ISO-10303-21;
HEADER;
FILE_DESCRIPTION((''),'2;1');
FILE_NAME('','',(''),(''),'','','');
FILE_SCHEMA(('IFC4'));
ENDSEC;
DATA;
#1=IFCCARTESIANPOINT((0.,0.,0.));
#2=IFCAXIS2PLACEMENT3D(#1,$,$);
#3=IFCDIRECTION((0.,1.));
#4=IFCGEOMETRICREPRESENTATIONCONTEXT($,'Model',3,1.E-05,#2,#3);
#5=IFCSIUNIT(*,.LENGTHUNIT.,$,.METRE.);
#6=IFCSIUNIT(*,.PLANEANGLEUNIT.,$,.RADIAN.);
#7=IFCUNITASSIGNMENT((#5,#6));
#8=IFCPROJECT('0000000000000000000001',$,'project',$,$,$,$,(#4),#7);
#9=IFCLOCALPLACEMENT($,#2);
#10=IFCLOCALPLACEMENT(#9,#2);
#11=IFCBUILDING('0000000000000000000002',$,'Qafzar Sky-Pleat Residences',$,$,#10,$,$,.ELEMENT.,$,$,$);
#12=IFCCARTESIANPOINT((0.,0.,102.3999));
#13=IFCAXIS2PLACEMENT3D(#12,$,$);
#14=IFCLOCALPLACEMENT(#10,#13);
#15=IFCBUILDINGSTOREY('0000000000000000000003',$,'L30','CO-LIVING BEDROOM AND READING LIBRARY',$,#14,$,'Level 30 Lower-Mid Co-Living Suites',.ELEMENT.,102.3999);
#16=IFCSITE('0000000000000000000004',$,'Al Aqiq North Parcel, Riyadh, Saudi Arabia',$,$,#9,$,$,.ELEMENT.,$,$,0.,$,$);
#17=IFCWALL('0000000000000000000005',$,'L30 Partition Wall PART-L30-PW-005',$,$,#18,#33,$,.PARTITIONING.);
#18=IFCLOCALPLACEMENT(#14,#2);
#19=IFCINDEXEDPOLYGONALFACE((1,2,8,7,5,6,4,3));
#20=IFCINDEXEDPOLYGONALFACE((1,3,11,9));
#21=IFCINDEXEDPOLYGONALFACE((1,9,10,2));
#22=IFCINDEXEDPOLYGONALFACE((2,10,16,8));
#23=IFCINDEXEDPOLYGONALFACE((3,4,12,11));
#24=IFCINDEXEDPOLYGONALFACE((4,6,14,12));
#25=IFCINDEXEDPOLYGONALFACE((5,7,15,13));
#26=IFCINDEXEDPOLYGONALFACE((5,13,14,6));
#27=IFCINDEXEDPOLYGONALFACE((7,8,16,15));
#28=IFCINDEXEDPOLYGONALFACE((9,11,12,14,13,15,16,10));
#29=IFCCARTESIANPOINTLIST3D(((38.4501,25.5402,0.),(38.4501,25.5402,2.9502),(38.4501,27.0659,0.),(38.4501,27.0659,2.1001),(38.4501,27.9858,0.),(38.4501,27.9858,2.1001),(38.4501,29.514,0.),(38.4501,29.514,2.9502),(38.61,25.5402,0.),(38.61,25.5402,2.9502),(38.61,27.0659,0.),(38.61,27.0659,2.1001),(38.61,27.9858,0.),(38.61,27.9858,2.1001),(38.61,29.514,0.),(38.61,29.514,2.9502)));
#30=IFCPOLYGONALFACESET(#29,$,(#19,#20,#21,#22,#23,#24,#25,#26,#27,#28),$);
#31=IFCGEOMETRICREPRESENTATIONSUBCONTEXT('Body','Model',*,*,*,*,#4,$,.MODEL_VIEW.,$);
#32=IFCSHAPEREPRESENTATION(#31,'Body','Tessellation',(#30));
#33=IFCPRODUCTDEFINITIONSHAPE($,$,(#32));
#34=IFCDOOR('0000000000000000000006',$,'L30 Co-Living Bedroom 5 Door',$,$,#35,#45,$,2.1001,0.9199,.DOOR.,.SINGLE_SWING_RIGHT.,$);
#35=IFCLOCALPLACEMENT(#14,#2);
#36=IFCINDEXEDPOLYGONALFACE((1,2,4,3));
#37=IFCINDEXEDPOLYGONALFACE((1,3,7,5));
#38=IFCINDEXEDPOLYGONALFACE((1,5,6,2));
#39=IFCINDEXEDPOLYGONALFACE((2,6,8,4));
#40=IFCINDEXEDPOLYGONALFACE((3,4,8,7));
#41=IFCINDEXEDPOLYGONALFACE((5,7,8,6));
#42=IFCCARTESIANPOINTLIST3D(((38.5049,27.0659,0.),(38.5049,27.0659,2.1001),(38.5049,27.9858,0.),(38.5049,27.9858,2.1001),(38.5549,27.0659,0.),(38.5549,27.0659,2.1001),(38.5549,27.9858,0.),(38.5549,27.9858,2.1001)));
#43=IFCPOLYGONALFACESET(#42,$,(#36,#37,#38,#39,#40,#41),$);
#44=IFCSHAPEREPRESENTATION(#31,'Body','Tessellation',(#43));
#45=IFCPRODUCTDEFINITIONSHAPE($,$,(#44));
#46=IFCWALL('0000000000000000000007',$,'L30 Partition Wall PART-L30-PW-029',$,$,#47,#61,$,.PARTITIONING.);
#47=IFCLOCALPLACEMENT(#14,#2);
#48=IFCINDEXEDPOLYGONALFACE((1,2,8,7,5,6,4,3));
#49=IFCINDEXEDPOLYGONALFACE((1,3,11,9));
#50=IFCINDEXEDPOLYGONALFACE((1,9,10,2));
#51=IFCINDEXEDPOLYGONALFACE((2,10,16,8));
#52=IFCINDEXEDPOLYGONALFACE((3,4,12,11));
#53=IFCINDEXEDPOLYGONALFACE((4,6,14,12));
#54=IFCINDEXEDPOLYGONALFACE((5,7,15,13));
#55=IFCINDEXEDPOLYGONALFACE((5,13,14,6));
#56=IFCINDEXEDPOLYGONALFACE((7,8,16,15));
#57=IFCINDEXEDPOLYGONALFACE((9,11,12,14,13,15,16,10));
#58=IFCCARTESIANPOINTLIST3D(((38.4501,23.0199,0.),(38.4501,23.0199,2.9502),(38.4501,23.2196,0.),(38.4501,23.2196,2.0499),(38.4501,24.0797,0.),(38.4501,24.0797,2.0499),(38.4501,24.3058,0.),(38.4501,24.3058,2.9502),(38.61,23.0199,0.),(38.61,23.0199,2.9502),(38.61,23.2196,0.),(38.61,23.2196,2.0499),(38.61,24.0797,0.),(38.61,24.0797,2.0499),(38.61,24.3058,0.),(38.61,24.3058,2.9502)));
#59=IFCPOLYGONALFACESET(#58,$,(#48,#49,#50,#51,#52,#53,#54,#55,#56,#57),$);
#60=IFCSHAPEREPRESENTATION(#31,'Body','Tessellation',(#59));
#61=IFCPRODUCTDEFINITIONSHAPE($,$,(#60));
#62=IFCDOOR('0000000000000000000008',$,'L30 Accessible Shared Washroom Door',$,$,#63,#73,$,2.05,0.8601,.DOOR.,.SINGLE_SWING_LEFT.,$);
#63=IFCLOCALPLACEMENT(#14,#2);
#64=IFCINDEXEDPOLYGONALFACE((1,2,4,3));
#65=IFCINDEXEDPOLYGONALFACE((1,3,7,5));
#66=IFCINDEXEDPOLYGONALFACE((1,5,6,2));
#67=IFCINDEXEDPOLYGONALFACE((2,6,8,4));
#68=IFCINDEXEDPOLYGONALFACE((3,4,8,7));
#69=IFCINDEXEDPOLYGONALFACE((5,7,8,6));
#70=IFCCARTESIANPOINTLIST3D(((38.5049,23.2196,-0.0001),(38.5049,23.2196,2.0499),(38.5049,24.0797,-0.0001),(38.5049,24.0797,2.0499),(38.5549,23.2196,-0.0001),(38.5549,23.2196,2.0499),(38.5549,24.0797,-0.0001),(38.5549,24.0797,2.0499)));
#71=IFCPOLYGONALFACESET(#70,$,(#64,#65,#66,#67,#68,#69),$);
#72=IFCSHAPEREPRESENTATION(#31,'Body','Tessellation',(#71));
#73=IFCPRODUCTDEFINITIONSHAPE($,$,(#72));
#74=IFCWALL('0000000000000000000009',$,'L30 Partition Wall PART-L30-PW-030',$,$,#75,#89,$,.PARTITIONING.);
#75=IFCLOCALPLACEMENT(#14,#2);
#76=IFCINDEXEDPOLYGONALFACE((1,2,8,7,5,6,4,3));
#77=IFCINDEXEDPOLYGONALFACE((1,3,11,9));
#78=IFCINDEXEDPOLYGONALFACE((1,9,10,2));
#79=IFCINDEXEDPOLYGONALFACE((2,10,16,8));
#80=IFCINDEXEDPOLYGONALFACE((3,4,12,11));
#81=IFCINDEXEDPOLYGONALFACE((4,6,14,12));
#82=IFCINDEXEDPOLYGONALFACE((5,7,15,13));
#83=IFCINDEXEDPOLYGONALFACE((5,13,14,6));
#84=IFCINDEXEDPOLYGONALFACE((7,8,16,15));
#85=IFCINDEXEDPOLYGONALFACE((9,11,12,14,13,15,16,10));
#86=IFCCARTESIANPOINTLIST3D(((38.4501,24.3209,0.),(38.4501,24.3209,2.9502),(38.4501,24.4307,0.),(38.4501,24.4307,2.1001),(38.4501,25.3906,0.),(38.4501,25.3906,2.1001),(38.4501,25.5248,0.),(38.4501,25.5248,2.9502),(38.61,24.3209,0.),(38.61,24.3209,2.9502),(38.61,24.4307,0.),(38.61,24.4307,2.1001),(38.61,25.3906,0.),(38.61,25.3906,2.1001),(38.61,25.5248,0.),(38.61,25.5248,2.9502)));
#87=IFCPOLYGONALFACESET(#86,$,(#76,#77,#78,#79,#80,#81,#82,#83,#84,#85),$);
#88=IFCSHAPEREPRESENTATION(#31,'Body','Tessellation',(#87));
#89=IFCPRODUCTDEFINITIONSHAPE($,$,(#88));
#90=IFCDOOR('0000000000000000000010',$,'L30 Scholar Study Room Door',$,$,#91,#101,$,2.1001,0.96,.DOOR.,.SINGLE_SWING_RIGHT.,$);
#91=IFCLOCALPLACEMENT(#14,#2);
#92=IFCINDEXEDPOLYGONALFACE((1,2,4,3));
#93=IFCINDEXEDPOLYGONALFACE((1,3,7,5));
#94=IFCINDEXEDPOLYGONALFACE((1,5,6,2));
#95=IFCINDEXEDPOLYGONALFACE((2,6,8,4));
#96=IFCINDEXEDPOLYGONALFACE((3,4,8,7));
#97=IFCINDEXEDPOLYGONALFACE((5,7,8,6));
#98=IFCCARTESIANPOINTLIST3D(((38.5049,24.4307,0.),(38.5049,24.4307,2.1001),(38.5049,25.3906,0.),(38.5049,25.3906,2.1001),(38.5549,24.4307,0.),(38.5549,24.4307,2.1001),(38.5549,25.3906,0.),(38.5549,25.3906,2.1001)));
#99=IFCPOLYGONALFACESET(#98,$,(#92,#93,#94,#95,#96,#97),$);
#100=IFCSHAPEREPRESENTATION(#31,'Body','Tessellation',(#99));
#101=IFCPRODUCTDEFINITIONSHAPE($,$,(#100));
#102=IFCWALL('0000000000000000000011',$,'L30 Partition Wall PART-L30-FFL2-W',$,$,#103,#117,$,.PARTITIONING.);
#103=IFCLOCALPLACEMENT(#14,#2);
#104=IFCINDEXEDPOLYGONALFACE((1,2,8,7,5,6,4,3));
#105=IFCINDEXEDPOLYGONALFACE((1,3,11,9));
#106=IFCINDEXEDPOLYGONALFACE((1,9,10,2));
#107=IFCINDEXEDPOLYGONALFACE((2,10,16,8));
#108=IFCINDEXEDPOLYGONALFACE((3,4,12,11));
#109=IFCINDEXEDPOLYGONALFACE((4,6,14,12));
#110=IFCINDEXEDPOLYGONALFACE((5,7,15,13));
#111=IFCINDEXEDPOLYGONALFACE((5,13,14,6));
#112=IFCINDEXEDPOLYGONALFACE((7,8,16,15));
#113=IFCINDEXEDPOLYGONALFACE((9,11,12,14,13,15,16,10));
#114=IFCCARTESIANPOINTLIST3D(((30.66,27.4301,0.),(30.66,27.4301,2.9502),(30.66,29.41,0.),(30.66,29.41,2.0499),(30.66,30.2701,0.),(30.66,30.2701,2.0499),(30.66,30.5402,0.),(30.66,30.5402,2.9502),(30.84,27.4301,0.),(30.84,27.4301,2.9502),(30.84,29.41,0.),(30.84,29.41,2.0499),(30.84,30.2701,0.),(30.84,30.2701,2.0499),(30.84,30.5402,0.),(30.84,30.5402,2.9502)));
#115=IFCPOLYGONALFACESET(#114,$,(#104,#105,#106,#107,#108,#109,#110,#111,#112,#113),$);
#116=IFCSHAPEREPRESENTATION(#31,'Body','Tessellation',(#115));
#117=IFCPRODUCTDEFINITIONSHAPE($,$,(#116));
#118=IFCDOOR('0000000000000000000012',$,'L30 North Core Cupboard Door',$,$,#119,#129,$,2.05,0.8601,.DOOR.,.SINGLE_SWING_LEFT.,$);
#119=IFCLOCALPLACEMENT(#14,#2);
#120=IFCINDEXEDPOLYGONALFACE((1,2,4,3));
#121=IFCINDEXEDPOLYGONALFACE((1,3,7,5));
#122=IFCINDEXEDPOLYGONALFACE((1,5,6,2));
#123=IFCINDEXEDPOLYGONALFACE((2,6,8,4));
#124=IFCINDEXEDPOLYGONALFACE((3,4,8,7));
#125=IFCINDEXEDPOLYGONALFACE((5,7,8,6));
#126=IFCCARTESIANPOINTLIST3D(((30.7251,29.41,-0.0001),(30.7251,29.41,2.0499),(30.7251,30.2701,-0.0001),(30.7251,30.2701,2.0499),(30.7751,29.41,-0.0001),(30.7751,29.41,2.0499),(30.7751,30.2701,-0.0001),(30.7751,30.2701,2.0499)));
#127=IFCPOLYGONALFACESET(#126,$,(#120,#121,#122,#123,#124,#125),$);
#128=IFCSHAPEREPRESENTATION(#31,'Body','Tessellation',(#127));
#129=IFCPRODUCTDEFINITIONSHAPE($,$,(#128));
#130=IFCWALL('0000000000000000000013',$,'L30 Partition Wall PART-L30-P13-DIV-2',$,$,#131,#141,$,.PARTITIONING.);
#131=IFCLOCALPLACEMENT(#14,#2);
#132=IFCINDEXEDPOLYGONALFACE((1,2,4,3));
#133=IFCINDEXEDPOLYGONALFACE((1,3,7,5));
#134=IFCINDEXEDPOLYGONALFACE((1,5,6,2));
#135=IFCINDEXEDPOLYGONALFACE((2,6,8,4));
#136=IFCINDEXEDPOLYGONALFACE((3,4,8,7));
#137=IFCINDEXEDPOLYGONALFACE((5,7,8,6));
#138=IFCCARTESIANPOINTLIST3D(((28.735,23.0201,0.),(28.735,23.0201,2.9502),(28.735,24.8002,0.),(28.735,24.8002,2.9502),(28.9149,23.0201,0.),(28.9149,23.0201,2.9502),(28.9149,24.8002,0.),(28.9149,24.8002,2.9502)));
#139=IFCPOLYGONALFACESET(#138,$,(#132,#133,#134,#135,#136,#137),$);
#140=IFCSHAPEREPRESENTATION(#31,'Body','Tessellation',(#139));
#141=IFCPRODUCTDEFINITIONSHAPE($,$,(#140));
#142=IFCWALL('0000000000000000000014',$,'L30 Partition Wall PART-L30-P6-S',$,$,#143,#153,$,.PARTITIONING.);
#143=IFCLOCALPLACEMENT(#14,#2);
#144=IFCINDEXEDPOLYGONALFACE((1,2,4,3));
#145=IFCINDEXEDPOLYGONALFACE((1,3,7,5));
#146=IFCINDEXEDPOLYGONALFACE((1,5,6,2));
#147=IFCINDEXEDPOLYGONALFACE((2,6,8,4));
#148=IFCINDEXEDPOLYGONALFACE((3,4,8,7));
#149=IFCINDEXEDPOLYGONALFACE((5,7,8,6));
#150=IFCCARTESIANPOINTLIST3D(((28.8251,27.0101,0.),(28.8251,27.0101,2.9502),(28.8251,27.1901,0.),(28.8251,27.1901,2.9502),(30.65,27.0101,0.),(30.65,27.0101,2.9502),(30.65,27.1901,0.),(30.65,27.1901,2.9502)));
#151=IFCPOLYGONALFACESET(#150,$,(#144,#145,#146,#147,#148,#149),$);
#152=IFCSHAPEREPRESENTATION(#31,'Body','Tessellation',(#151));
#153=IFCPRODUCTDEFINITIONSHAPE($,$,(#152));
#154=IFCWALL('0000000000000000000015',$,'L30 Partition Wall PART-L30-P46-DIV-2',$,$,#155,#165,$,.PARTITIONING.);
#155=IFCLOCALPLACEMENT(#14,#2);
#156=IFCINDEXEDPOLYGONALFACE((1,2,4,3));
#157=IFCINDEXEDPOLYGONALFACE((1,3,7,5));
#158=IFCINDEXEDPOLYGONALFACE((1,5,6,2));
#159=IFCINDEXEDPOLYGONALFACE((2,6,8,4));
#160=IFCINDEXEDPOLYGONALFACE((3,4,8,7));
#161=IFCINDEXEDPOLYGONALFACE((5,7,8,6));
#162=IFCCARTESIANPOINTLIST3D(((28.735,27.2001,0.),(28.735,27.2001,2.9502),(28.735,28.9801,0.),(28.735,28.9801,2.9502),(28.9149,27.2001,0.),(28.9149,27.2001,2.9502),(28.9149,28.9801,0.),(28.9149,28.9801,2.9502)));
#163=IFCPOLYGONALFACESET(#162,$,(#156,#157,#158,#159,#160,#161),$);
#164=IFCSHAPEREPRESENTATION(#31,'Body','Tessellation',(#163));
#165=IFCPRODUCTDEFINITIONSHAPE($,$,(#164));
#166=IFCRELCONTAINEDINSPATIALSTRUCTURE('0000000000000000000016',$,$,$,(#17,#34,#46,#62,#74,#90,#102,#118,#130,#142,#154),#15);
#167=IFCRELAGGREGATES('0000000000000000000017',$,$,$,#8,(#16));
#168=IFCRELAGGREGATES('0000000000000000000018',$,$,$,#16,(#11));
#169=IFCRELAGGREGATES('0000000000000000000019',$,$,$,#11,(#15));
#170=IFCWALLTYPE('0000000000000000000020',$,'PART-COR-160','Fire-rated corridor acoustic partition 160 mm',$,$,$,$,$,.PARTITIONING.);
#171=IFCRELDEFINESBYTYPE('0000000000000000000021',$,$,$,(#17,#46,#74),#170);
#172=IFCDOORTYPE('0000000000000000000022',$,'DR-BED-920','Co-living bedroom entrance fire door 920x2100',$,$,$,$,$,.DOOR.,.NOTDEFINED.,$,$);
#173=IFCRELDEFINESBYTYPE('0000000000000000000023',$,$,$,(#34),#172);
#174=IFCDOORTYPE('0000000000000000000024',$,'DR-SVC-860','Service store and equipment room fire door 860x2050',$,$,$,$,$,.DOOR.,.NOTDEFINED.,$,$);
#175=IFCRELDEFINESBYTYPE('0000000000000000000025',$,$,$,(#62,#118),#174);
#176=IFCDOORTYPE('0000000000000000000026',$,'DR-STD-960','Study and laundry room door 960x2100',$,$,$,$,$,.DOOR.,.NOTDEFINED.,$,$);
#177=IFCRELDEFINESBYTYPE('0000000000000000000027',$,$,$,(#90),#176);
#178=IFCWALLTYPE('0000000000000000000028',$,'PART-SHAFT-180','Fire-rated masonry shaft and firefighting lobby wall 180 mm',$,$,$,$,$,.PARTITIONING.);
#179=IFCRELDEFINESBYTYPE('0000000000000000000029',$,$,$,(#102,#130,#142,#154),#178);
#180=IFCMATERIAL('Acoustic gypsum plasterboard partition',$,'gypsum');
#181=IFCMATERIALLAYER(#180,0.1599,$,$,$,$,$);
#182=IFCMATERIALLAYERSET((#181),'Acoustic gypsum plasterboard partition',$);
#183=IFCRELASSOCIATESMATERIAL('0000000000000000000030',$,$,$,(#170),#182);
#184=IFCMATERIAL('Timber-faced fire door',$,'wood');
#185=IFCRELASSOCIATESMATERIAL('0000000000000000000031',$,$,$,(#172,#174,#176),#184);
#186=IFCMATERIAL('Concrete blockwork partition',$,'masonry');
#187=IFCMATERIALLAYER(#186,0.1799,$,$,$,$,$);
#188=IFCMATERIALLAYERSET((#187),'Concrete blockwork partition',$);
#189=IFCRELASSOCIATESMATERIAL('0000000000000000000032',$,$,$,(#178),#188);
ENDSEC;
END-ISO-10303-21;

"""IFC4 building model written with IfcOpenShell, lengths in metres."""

from ifc_helpers import new_model, si_unit, direction, frame, frame_2d, origin, place, context, subcontext, project, spatial, rectangle, extrude, source, transform, mapped, material, layer, layer_set, type_object, element, fill, save


model = new_model("IFC4")

# Units and contexts
model_context = context("Model", 3, precision=1e-05, world=origin(), true_north=direction((0.0, 1.0)))
body_context = subcontext(model_context, "Body", "Model", "MODEL_VIEW")
ifc_project = project(units=[si_unit("LENGTHUNIT", "METRE"), si_unit("PLANEANGLEUNIT", "RADIAN")], contexts=[model_context])

# Site, building, storey
site_placement = place(None, origin())
site = spatial("IfcSite", under=ifc_project, at=site_placement, Name="Al Aqiq North Parcel, Riyadh, Saudi Arabia", CompositionType="ELEMENT", RefElevation=0.0)
building_placement = place(site_placement, origin())
building = spatial("IfcBuilding", under=site, at=building_placement, Name="Qafzar Sky-Pleat Residences", CompositionType="ELEMENT")
storey_placement = place(building_placement, frame((0.0, 0.0, 102.3999)))
storey = spatial("IfcBuildingStorey", under=building, at=storey_placement, Name="L30", Description="CO-LIVING BEDROOM AND READING LIBRARY", LongName="Level 30 Lower-Mid Co-Living Suites", CompositionType="ELEMENT", Elevation=102.3999)

# Walls, openings, doors
ifc_material_1 = material(Name="Acoustic gypsum plasterboard partition", Category="gypsum")
ifc_layer_1 = layer(ifc_material_1, 0.1599)
ifc_layer_set_1 = layer_set([ifc_layer_1], Name="Acoustic gypsum plasterboard partition")
wall_type_1 = type_object("IfcWallType", Name="PART-COR-160", Description="Fire-rated corridor acoustic partition 160 mm", PredefinedType="PARTITIONING", material=ifc_layer_set_1)
wall_1_placement = place(storey_placement, frame((38.53, 29.5139, 0.0), z_axis=(0.0, 0.0, 1.0), x_axis=(0.0, -1.0, 0.0)))
wall_1 = element("IfcWall", 1, at=wall_1_placement, inside=storey, type_object=wall_type_1, Name="L30 Partition Wall PART-L30-PW-005", PredefinedType="PARTITIONING", context=body_context, shape_type="SweptSolid", body=[
    extrude(rectangle(XDim=3.9739, YDim=0.1599, at=frame_2d((1.9868, 0.0))), origin(), (0.0, 0.0, 1.0), 2.9502),
])
opening_1_placement = place(wall_1_placement, frame((1.5281, 0.0, 0.0)))
opening_1 = element("IfcOpeningElement", 2, at=opening_1_placement, cuts=wall_1, PredefinedType="OPENING", context=body_context, shape_type="SweptSolid", body=[
    extrude(rectangle(XDim=0.9199, YDim=2.1001, at=frame_2d((0.46, 1.05))), frame((0.0, 0.0898, 0.0), z_axis=(0.0, -1.0, 0.0), x_axis=(1.0, 0.0, 0.0)), (0.0, 0.0, 1.0), 0.1799),
])
ifc_material_2 = material(Name="Timber-faced fire door", Category="wood")
door_type_1 = type_object("IfcDoorType", Name="DR-BED-920", Description="Co-living bedroom entrance fire door 920x2100", OperationType="NOTDEFINED", PredefinedType="DOOR", material=ifc_material_2)
shared_shape_1 = source(origin(), body_context, "Body", "SweptSolid", [
    extrude(rectangle(XDim=0.9199, YDim=2.1001, at=frame_2d((0.46, 1.05))), frame((0.0, 0.0249, 0.0), z_axis=(0.0, -1.0, 0.0), x_axis=(1.0, 0.0, 0.0)), (0.0, 0.0, 1.0), 0.05),
])
door_1_placement = place(opening_1_placement, origin())
door_1 = element("IfcDoor", 3, at=door_1_placement, inside=storey, type_object=door_type_1, Name="L30 Co-Living Bedroom 5 Door", OperationType="SINGLE_SWING_RIGHT", OverallHeight=2.1001, OverallWidth=0.9199, PredefinedType="DOOR", context=body_context, shape_type="MappedRepresentation", body=[
    mapped(shared_shape_1, transform((0.0, 0.0, 0.0), x_axis=(1.0, 0.0, 0.0), y_axis=(0.0, 1.0, 0.0), z_axis=(0.0, 0.0, 1.0), scale=1.0)),
])
fill(opening_1, door_1)
wall_2_placement = place(storey_placement, frame((38.53, 24.3059, 0.0), z_axis=(0.0, 0.0, 1.0), x_axis=(0.0, -1.0, 0.0)))
wall_2 = element("IfcWall", 4, at=wall_2_placement, inside=storey, type_object=wall_type_1, Name="L30 Partition Wall PART-L30-PW-029", PredefinedType="PARTITIONING", context=body_context, shape_type="SweptSolid", body=[
    extrude(rectangle(XDim=1.2859, YDim=0.1599, at=frame_2d((0.6431, 0.0))), origin(), (0.0, 0.0, 1.0), 2.9502),
])
opening_2_placement = place(wall_2_placement, frame((0.2261, 0.0, 0.0)))
opening_2 = element("IfcOpeningElement", 5, at=opening_2_placement, cuts=wall_2, PredefinedType="OPENING", context=body_context, shape_type="SweptSolid", body=[
    extrude(rectangle(XDim=0.8601, YDim=2.05, at=frame_2d((0.4302, 1.0249))), frame((0.0, 0.0898, 0.0), z_axis=(0.0, -1.0, 0.0), x_axis=(1.0, 0.0, 0.0)), (0.0, 0.0, 1.0), 0.1799),
])
door_type_2 = type_object("IfcDoorType", Name="DR-SVC-860", Description="Service store and equipment room fire door 860x2050", OperationType="NOTDEFINED", PredefinedType="DOOR", material=ifc_material_2)
shared_shape_2 = source(origin(), body_context, "Body", "SweptSolid", [
    extrude(rectangle(XDim=0.8601, YDim=2.05, at=frame_2d((0.4302, 1.0249))), frame((0.0, 0.0249, 0.0), z_axis=(0.0, -1.0, 0.0), x_axis=(1.0, 0.0, 0.0)), (0.0, 0.0, 1.0), 0.05),
])
door_2_placement = place(opening_2_placement, origin())
door_2 = element("IfcDoor", 6, at=door_2_placement, inside=storey, type_object=door_type_2, Name="L30 Accessible Shared Washroom Door", OperationType="SINGLE_SWING_LEFT", OverallHeight=2.05, OverallWidth=0.8601, PredefinedType="DOOR", context=body_context, shape_type="MappedRepresentation", body=[
    mapped(shared_shape_2, transform((0.0, 0.0, 0.0), x_axis=(1.0, 0.0, 0.0), y_axis=(0.0, 1.0, 0.0), z_axis=(0.0, 0.0, 1.0), scale=1.0)),
])
fill(opening_2, door_2)
wall_3_placement = place(storey_placement, frame((38.53, 25.5249, 0.0), z_axis=(0.0, 0.0, 1.0), x_axis=(0.0, -1.0, 0.0)))
wall_3 = element("IfcWall", 7, at=wall_3_placement, inside=storey, type_object=wall_type_1, Name="L30 Partition Wall PART-L30-PW-030", PredefinedType="PARTITIONING", context=body_context, shape_type="SweptSolid", body=[
    extrude(rectangle(XDim=1.2039, YDim=0.1599, at=frame_2d((0.6021, 0.0))), origin(), (0.0, 0.0, 1.0), 2.9502),
])
opening_3_placement = place(wall_3_placement, frame((0.1343, 0.0, 0.0)))
opening_3 = element("IfcOpeningElement", 8, at=opening_3_placement, cuts=wall_3, PredefinedType="OPENING", context=body_context, shape_type="SweptSolid", body=[
    extrude(rectangle(XDim=0.96, YDim=2.1001, at=frame_2d((0.48, 1.05))), frame((0.0, 0.0898, 0.0), z_axis=(0.0, -1.0, 0.0), x_axis=(1.0, 0.0, 0.0)), (0.0, 0.0, 1.0), 0.1799),
])
door_type_3 = type_object("IfcDoorType", Name="DR-STD-960", Description="Study and laundry room door 960x2100", OperationType="NOTDEFINED", PredefinedType="DOOR", material=ifc_material_2)
shared_shape_3 = source(origin(), body_context, "Body", "SweptSolid", [
    extrude(rectangle(XDim=0.96, YDim=2.1001, at=frame_2d((0.48, 1.05))), frame((0.0, 0.0249, 0.0), z_axis=(0.0, -1.0, 0.0), x_axis=(1.0, 0.0, 0.0)), (0.0, 0.0, 1.0), 0.05),
])
door_3_placement = place(opening_3_placement, origin())
door_3 = element("IfcDoor", 9, at=door_3_placement, inside=storey, type_object=door_type_3, Name="L30 Scholar Study Room Door", OperationType="SINGLE_SWING_RIGHT", OverallHeight=2.1001, OverallWidth=0.96, PredefinedType="DOOR", context=body_context, shape_type="MappedRepresentation", body=[
    mapped(shared_shape_3, transform((0.0, 0.0, 0.0), x_axis=(1.0, 0.0, 0.0), y_axis=(0.0, 1.0, 0.0), z_axis=(0.0, 0.0, 1.0), scale=1.0)),
])
fill(opening_3, door_3)
ifc_material_3 = material(Name="Concrete blockwork partition", Category="masonry")
ifc_layer_2 = layer(ifc_material_3, 0.1799)
ifc_layer_set_2 = layer_set([ifc_layer_2], Name="Concrete blockwork partition")
wall_type_2 = type_object("IfcWallType", Name="PART-SHAFT-180", Description="Fire-rated masonry shaft and firefighting lobby wall 180 mm", PredefinedType="PARTITIONING", material=ifc_layer_set_2)
wall_4_placement = place(storey_placement, frame((30.75, 27.4299, 0.0), z_axis=(0.0, 0.0, 1.0), x_axis=(0.0, 1.0, 0.0)))
wall_4 = element("IfcWall", 10, at=wall_4_placement, inside=storey, type_object=wall_type_2, Name="L30 Partition Wall PART-L30-FFL2-W", PredefinedType="PARTITIONING", context=body_context, shape_type="SweptSolid", body=[
    extrude(rectangle(XDim=3.1101, YDim=0.1799, at=frame_2d((1.5552, 0.0))), origin(), (0.0, 0.0, 1.0), 2.9502),
])
opening_4_placement = place(wall_4_placement, frame((1.98, 0.0, 0.0)))
opening_4 = element("IfcOpeningElement", 11, at=opening_4_placement, cuts=wall_4, PredefinedType="OPENING", context=body_context, shape_type="SweptSolid", body=[
    extrude(rectangle(XDim=0.8601, YDim=2.05, at=frame_2d((0.4302, 1.0249))), frame((0.0, 0.1001, 0.0), z_axis=(0.0, -1.0, 0.0), x_axis=(1.0, 0.0, 0.0)), (0.0, 0.0, 1.0), 0.2),
])
door_4_placement = place(opening_4_placement, origin())
door_4 = element("IfcDoor", 12, at=door_4_placement, inside=storey, type_object=door_type_2, Name="L30 North Core Cupboard Door", OperationType="SINGLE_SWING_LEFT", OverallHeight=2.05, OverallWidth=0.8601, PredefinedType="DOOR", context=body_context, shape_type="MappedRepresentation", body=[
    mapped(shared_shape_2, transform((0.0, 0.0, 0.0), x_axis=(1.0, 0.0, 0.0), y_axis=(0.0, 1.0, 0.0), z_axis=(0.0, 0.0, 1.0), scale=1.0)),
])
fill(opening_4, door_4)

# Walls
wall_5_placement = place(storey_placement, frame((28.825, 23.02, 0.0), z_axis=(0.0, 0.0, 1.0), x_axis=(0.0, 1.0, 0.0)))
element("IfcWall", 13, at=wall_5_placement, inside=storey, type_object=wall_type_2, Name="L30 Partition Wall PART-L30-P13-DIV-2", PredefinedType="PARTITIONING", context=body_context, shape_type="SweptSolid", body=[
    extrude(rectangle(XDim=1.78, YDim=0.1799, at=frame_2d((0.8901, 0.0))), origin(), (0.0, 0.0, 1.0), 2.9502),
])
wall_6_placement = place(storey_placement, frame((28.825, 27.1001, 0.0), z_axis=(0.0, 0.0, 1.0), x_axis=(1.0, 0.0, 0.0)))
element("IfcWall", 14, at=wall_6_placement, inside=storey, type_object=wall_type_2, Name="L30 Partition Wall PART-L30-P6-S", PredefinedType="PARTITIONING", context=body_context, shape_type="SweptSolid", body=[
    extrude(rectangle(XDim=1.825, YDim=0.1799, at=frame_2d((0.9126, 0.0))), origin(), (0.0, 0.0, 1.0), 2.9502),
])
wall_7_placement = place(storey_placement, frame((28.825, 27.2, 0.0), z_axis=(0.0, 0.0, 1.0), x_axis=(0.0, 1.0, 0.0)))
element("IfcWall", 15, at=wall_7_placement, inside=storey, type_object=wall_type_2, Name="L30 Partition Wall PART-L30-P46-DIV-2", PredefinedType="PARTITIONING", context=body_context, shape_type="SweptSolid", body=[
    extrude(rectangle(XDim=1.78, YDim=0.1799, at=frame_2d((0.8901, 0.0))), origin(), (0.0, 0.0, 1.0), 2.9502),
])

save(model, "model.ifc")
